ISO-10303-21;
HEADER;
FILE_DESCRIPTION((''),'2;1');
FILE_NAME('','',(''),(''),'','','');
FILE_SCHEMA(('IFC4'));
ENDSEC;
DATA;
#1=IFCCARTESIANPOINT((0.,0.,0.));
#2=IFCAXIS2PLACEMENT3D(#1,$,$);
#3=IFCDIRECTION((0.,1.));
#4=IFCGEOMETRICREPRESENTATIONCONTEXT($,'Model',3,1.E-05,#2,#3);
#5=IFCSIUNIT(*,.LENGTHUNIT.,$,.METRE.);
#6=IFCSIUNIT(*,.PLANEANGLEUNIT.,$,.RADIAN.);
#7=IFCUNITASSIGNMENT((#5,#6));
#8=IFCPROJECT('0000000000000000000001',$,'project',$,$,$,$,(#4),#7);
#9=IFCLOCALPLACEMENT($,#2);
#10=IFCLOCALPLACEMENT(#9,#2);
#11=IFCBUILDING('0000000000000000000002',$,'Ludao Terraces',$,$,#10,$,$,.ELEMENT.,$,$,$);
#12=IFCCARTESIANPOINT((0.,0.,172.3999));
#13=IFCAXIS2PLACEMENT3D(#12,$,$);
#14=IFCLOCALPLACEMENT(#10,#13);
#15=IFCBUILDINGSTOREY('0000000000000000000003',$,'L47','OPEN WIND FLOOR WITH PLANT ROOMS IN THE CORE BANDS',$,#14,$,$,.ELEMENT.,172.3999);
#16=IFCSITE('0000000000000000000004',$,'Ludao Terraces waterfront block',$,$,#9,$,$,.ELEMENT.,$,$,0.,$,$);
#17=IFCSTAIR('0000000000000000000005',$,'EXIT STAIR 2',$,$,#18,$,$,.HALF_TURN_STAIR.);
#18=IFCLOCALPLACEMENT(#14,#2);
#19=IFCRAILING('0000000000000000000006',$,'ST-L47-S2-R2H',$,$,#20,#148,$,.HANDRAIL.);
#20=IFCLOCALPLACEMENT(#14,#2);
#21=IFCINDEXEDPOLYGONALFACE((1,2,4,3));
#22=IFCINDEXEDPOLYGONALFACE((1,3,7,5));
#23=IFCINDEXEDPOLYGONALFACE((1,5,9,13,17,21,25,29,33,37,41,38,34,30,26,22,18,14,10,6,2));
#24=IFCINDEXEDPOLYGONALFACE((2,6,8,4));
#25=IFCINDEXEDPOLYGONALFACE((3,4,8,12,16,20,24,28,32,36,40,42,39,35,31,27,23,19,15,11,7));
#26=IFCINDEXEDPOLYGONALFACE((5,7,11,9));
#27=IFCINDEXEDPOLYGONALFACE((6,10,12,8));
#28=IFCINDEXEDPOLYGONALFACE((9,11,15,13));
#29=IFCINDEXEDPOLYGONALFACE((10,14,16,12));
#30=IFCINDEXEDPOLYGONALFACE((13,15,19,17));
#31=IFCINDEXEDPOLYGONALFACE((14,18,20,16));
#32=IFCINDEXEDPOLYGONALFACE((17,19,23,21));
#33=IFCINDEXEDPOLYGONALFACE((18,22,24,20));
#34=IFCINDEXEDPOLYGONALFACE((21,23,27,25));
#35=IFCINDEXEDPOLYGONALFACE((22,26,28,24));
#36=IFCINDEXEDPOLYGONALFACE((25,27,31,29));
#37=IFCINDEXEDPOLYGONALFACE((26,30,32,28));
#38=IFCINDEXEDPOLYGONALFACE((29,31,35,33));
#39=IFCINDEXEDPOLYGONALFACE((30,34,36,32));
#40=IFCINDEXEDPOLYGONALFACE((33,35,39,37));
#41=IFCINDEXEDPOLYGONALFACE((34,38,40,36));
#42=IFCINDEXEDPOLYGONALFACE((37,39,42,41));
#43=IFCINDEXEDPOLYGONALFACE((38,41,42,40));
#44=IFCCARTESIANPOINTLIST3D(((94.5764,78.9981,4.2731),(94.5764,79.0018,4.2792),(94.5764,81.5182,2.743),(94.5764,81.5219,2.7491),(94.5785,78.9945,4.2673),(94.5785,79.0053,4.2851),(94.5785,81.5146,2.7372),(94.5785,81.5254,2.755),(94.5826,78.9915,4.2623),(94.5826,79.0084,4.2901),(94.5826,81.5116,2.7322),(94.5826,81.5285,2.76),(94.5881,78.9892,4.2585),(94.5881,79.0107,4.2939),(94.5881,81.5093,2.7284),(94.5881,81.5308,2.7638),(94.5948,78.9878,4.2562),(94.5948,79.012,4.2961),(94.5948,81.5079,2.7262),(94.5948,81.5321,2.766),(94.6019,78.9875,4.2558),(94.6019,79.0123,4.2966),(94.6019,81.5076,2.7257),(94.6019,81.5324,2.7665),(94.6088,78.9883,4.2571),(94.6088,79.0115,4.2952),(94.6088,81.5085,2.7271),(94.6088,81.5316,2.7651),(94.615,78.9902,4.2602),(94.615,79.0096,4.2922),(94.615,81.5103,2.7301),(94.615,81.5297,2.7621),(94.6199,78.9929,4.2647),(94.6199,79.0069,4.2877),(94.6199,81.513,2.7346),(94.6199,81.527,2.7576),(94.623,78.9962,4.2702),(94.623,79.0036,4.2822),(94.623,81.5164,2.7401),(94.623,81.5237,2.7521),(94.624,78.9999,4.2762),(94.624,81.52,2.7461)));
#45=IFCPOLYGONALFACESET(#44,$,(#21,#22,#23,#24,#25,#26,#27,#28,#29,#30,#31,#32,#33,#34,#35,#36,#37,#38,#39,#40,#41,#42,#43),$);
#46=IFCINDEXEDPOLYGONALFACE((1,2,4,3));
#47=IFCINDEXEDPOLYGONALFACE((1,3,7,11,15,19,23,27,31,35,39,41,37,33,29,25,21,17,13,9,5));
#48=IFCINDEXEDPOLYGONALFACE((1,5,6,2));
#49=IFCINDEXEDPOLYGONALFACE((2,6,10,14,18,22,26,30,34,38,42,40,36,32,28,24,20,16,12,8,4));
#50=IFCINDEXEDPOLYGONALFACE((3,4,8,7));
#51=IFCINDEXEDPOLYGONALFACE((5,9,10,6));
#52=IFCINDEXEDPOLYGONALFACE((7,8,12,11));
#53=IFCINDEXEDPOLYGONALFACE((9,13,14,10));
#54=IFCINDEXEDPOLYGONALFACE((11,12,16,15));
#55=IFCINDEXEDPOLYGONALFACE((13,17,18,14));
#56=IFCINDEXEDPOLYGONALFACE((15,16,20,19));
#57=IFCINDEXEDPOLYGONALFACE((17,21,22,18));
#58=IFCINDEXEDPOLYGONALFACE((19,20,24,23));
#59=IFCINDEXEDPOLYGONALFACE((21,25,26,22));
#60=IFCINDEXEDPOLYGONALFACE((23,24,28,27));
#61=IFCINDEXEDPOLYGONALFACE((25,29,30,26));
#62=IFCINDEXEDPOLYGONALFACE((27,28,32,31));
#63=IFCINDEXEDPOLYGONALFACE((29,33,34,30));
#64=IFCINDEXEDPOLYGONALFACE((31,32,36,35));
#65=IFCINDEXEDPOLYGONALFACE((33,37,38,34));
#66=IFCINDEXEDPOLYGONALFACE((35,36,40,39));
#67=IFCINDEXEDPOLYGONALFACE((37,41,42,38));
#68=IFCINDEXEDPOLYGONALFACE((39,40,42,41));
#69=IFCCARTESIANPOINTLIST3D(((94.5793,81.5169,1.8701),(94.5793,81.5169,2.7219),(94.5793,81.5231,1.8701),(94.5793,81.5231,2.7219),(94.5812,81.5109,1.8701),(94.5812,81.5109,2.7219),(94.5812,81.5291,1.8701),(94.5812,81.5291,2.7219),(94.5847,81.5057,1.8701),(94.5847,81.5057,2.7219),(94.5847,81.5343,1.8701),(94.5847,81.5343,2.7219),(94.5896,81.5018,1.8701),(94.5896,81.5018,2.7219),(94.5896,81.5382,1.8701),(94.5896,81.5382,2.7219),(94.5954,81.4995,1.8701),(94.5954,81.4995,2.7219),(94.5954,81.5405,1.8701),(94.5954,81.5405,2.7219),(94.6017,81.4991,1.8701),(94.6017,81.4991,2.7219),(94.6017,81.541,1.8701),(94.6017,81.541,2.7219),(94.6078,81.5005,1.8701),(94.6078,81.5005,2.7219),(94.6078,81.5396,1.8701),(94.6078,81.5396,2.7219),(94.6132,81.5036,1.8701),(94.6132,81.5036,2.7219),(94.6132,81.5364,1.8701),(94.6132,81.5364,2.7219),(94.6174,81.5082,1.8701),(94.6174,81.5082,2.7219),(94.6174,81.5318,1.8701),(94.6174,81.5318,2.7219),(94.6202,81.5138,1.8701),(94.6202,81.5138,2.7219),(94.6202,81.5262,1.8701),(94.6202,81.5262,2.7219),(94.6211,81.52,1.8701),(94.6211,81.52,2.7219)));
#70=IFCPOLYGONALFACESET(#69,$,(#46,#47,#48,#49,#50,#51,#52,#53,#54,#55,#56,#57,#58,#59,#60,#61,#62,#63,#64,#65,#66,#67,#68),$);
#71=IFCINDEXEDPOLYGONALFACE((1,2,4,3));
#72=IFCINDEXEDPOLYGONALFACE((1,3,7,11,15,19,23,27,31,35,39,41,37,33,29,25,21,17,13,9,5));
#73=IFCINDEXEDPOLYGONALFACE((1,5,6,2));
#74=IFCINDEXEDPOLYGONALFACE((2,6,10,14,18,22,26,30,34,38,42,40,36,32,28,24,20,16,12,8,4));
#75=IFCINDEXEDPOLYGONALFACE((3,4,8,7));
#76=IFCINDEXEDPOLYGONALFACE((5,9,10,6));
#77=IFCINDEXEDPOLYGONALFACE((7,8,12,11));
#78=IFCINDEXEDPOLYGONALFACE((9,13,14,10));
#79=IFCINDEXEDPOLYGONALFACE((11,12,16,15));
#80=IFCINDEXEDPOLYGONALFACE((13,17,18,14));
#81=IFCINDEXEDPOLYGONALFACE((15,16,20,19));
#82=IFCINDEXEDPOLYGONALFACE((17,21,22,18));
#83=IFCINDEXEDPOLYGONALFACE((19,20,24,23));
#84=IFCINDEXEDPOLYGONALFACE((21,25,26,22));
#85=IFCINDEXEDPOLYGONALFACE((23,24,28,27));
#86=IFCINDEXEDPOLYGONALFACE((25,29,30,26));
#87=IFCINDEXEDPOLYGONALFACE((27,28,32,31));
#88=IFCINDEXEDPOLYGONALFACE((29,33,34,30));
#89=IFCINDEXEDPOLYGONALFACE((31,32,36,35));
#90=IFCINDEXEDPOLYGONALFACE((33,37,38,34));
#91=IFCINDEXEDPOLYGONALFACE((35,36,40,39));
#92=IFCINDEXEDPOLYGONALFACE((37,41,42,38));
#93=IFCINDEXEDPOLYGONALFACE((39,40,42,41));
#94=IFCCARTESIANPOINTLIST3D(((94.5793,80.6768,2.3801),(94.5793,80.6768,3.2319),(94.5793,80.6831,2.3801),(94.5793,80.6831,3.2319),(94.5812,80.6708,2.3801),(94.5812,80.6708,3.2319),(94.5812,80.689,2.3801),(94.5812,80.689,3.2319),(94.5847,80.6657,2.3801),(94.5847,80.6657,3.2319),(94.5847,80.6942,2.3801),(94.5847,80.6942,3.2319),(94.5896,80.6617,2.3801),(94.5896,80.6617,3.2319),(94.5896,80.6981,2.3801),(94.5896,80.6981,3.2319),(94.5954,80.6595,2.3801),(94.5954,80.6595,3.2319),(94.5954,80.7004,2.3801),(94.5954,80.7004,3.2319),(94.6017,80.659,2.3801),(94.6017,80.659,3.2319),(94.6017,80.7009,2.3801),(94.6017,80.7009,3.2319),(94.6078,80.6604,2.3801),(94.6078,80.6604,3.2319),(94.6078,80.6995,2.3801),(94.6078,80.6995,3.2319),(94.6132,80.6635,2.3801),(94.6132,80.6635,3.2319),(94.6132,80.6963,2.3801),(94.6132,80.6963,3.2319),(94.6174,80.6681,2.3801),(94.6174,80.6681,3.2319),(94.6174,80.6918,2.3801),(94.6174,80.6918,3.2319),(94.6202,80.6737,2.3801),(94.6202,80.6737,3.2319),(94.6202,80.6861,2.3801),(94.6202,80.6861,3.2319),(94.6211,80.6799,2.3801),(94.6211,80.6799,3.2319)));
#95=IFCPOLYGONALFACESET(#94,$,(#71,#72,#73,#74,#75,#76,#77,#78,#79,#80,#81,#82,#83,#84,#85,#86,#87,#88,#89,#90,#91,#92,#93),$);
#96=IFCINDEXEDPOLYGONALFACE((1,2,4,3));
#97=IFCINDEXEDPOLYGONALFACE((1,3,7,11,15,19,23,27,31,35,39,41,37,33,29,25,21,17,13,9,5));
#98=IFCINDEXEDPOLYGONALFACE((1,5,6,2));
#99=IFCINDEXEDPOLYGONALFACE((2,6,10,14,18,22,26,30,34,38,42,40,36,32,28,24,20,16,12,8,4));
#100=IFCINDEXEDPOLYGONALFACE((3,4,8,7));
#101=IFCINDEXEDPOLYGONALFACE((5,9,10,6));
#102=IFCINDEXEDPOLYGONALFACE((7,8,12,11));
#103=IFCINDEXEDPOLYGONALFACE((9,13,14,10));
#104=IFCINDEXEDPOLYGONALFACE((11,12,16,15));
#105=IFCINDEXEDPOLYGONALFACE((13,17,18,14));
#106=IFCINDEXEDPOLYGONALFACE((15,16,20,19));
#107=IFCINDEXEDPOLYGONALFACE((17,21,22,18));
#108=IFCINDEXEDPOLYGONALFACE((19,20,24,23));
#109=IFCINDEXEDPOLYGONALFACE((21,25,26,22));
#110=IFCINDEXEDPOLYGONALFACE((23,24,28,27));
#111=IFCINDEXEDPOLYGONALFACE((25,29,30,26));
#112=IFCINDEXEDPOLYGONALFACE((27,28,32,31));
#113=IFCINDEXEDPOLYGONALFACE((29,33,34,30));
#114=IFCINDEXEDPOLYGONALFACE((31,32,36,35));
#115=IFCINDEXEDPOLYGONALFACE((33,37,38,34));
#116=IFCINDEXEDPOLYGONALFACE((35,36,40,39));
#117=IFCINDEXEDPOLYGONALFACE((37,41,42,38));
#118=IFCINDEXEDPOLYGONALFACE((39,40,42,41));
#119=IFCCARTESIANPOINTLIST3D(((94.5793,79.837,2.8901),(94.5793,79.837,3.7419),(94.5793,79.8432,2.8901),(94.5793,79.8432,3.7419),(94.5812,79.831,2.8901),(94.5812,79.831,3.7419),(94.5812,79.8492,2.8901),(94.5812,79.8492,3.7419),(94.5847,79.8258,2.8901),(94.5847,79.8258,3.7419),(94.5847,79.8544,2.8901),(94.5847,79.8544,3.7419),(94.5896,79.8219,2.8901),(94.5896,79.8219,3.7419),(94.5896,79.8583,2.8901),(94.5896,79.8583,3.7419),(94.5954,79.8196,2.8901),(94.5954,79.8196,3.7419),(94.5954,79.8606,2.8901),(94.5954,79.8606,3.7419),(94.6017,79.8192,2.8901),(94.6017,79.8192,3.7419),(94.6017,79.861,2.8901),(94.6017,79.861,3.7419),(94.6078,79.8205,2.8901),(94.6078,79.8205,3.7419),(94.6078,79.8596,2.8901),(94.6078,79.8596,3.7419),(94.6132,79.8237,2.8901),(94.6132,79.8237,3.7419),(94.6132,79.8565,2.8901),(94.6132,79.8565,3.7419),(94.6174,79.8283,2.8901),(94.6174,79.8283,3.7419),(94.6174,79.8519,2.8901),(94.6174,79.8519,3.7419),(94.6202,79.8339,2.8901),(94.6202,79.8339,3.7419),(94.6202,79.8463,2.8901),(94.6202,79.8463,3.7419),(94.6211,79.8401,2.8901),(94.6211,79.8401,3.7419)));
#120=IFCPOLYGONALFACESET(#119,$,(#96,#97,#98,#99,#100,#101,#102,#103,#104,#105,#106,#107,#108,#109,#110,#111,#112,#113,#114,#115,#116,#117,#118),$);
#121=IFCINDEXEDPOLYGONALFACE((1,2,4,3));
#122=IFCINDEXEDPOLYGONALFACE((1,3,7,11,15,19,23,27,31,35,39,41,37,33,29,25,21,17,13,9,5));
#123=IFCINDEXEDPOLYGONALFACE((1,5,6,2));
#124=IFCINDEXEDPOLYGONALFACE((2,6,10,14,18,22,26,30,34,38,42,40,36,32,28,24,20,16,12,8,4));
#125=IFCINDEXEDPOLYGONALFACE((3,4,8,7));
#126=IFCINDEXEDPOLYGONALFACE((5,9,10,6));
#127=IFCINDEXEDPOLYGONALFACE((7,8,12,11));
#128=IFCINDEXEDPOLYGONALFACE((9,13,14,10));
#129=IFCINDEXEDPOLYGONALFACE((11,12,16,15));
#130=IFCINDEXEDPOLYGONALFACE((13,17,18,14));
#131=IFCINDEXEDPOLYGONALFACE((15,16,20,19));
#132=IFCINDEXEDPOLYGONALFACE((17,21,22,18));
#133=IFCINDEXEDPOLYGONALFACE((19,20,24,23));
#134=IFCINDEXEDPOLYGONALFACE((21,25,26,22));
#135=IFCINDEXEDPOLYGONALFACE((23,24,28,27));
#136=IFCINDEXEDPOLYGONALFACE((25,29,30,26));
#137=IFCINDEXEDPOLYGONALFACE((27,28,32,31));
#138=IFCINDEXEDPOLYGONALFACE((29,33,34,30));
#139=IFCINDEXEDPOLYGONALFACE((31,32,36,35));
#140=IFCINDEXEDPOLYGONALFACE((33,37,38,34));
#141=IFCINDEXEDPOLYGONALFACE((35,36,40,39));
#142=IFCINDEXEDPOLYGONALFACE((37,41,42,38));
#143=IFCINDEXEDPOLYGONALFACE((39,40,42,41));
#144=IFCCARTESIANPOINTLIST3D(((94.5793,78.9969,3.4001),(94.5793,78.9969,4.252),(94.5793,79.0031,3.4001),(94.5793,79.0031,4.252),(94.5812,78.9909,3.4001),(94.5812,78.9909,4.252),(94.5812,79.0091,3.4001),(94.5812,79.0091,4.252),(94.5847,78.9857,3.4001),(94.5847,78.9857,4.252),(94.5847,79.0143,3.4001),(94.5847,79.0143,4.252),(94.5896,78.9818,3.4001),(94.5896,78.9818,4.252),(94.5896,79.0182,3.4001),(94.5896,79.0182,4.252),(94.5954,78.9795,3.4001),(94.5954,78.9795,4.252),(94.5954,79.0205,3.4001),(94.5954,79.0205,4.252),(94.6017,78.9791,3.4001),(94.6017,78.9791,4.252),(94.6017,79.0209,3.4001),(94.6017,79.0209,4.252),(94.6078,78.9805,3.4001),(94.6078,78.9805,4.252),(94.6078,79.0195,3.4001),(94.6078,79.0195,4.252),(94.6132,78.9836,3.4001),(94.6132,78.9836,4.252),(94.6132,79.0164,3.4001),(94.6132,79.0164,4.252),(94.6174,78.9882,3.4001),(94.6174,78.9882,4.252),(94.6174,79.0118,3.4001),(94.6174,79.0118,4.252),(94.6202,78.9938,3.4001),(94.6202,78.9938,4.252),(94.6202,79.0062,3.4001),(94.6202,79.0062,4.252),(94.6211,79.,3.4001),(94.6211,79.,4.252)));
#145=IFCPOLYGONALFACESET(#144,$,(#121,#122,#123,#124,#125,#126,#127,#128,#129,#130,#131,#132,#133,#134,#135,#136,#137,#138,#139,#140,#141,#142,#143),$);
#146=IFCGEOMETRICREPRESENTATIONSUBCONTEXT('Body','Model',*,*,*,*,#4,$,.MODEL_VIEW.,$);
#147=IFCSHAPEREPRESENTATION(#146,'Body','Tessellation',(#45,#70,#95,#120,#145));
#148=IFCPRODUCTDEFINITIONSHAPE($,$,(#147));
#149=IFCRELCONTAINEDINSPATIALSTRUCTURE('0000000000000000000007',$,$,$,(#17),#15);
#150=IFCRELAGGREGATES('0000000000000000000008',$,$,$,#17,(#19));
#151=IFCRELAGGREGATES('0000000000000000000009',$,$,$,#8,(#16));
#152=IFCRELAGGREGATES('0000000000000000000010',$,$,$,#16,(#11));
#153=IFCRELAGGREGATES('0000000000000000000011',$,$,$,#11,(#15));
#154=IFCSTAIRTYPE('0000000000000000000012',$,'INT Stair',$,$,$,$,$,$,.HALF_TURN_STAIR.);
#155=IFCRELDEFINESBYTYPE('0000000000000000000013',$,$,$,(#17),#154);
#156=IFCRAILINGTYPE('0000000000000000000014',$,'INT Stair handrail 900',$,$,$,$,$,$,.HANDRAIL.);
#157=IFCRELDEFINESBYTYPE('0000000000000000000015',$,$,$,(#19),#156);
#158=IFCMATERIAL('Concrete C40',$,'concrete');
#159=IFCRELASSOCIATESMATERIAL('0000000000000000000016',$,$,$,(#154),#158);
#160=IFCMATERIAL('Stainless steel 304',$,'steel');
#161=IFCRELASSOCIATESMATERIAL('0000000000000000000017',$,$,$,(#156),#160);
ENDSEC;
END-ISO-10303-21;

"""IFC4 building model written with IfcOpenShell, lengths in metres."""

from ifc_helpers import new_model, si_unit, direction, frame, origin, origin_2d, place, context, subcontext, project, spatial, circle, extrude, material, type_object, element, aggregate, save


model = new_model("IFC4")

# Units and contexts
model_context = context("Model", 3, precision=1e-05, world=origin(), true_north=direction((0.0, 1.0)))
body_context = subcontext(model_context, "Body", "Model", "MODEL_VIEW")
ifc_project = project(units=[si_unit("LENGTHUNIT", "METRE"), si_unit("PLANEANGLEUNIT", "RADIAN")], contexts=[model_context])

# Site, building, storey
site_placement = place(None, origin())
site = spatial("IfcSite", under=ifc_project, at=site_placement, Name="Ludao Terraces waterfront block", CompositionType="ELEMENT", RefElevation=0.0)
building_placement = place(site_placement, origin())
building = spatial("IfcBuilding", under=site, at=building_placement, Name="Ludao Terraces", CompositionType="ELEMENT")
storey_placement = place(building_placement, frame((0.0, 0.0, 172.3999)))
storey = spatial("IfcBuildingStorey", under=building, at=storey_placement, Name="L47", Description="OPEN WIND FLOOR WITH PLANT ROOMS IN THE CORE BANDS", CompositionType="ELEMENT", Elevation=172.3999)

# Stair, railing
ifc_material_1 = material(Name="Concrete C40", Category="concrete")
stair_type = type_object("IfcStairType", Name="INT Stair", PredefinedType="HALF_TURN_STAIR", material=ifc_material_1)
stair_placement = place(storey_placement, origin())
stair = element("IfcStair", 1, at=stair_placement, inside=storey, type_object=stair_type, Name="EXIT STAIR 2", PredefinedType="HALF_TURN_STAIR")
ifc_material_2 = material(Name="Stainless steel 304", Category="steel")
railing_type_1 = type_object("IfcRailingType", Name="INT Stair handrail 900", PredefinedType="HANDRAIL", material=ifc_material_2)
railing_1_placement = place(storey_placement, frame((94.6001, 81.52, 1.8701)))
railing_1 = element("IfcRailing", 2, at=railing_1_placement, type_object=railing_type_1, Name="ST-L47-S2-R2H", PredefinedType="HANDRAIL", context=body_context, shape_type="SweptSolid", body=[
    extrude(circle(Radius=0.0239, at=origin_2d()), frame((0.0, 0.0, 0.876), z_axis=(0.0, -0.854785, 0.518982), x_axis=(1.0, 0.0, 0.0)), (0.0, 0.0, 1.0), 2.9482),
    extrude(circle(Radius=0.021, at=origin_2d()), origin(), (0.0, 0.0, 1.0), 0.8518),
    extrude(circle(Radius=0.021, at=origin_2d()), frame((0.0, -0.8401, 0.51)), (0.0, 0.0, 1.0), 0.8518),
    extrude(circle(Radius=0.021, at=origin_2d()), frame((0.0, -1.6799, 1.02)), (0.0, 0.0, 1.0), 0.8518),
    extrude(circle(Radius=0.021, at=origin_2d()), frame((0.0, -2.52, 1.53)), (0.0, 0.0, 1.0), 0.8518),
])
aggregate(stair, [railing_1])

save(model, "model.ifc")
